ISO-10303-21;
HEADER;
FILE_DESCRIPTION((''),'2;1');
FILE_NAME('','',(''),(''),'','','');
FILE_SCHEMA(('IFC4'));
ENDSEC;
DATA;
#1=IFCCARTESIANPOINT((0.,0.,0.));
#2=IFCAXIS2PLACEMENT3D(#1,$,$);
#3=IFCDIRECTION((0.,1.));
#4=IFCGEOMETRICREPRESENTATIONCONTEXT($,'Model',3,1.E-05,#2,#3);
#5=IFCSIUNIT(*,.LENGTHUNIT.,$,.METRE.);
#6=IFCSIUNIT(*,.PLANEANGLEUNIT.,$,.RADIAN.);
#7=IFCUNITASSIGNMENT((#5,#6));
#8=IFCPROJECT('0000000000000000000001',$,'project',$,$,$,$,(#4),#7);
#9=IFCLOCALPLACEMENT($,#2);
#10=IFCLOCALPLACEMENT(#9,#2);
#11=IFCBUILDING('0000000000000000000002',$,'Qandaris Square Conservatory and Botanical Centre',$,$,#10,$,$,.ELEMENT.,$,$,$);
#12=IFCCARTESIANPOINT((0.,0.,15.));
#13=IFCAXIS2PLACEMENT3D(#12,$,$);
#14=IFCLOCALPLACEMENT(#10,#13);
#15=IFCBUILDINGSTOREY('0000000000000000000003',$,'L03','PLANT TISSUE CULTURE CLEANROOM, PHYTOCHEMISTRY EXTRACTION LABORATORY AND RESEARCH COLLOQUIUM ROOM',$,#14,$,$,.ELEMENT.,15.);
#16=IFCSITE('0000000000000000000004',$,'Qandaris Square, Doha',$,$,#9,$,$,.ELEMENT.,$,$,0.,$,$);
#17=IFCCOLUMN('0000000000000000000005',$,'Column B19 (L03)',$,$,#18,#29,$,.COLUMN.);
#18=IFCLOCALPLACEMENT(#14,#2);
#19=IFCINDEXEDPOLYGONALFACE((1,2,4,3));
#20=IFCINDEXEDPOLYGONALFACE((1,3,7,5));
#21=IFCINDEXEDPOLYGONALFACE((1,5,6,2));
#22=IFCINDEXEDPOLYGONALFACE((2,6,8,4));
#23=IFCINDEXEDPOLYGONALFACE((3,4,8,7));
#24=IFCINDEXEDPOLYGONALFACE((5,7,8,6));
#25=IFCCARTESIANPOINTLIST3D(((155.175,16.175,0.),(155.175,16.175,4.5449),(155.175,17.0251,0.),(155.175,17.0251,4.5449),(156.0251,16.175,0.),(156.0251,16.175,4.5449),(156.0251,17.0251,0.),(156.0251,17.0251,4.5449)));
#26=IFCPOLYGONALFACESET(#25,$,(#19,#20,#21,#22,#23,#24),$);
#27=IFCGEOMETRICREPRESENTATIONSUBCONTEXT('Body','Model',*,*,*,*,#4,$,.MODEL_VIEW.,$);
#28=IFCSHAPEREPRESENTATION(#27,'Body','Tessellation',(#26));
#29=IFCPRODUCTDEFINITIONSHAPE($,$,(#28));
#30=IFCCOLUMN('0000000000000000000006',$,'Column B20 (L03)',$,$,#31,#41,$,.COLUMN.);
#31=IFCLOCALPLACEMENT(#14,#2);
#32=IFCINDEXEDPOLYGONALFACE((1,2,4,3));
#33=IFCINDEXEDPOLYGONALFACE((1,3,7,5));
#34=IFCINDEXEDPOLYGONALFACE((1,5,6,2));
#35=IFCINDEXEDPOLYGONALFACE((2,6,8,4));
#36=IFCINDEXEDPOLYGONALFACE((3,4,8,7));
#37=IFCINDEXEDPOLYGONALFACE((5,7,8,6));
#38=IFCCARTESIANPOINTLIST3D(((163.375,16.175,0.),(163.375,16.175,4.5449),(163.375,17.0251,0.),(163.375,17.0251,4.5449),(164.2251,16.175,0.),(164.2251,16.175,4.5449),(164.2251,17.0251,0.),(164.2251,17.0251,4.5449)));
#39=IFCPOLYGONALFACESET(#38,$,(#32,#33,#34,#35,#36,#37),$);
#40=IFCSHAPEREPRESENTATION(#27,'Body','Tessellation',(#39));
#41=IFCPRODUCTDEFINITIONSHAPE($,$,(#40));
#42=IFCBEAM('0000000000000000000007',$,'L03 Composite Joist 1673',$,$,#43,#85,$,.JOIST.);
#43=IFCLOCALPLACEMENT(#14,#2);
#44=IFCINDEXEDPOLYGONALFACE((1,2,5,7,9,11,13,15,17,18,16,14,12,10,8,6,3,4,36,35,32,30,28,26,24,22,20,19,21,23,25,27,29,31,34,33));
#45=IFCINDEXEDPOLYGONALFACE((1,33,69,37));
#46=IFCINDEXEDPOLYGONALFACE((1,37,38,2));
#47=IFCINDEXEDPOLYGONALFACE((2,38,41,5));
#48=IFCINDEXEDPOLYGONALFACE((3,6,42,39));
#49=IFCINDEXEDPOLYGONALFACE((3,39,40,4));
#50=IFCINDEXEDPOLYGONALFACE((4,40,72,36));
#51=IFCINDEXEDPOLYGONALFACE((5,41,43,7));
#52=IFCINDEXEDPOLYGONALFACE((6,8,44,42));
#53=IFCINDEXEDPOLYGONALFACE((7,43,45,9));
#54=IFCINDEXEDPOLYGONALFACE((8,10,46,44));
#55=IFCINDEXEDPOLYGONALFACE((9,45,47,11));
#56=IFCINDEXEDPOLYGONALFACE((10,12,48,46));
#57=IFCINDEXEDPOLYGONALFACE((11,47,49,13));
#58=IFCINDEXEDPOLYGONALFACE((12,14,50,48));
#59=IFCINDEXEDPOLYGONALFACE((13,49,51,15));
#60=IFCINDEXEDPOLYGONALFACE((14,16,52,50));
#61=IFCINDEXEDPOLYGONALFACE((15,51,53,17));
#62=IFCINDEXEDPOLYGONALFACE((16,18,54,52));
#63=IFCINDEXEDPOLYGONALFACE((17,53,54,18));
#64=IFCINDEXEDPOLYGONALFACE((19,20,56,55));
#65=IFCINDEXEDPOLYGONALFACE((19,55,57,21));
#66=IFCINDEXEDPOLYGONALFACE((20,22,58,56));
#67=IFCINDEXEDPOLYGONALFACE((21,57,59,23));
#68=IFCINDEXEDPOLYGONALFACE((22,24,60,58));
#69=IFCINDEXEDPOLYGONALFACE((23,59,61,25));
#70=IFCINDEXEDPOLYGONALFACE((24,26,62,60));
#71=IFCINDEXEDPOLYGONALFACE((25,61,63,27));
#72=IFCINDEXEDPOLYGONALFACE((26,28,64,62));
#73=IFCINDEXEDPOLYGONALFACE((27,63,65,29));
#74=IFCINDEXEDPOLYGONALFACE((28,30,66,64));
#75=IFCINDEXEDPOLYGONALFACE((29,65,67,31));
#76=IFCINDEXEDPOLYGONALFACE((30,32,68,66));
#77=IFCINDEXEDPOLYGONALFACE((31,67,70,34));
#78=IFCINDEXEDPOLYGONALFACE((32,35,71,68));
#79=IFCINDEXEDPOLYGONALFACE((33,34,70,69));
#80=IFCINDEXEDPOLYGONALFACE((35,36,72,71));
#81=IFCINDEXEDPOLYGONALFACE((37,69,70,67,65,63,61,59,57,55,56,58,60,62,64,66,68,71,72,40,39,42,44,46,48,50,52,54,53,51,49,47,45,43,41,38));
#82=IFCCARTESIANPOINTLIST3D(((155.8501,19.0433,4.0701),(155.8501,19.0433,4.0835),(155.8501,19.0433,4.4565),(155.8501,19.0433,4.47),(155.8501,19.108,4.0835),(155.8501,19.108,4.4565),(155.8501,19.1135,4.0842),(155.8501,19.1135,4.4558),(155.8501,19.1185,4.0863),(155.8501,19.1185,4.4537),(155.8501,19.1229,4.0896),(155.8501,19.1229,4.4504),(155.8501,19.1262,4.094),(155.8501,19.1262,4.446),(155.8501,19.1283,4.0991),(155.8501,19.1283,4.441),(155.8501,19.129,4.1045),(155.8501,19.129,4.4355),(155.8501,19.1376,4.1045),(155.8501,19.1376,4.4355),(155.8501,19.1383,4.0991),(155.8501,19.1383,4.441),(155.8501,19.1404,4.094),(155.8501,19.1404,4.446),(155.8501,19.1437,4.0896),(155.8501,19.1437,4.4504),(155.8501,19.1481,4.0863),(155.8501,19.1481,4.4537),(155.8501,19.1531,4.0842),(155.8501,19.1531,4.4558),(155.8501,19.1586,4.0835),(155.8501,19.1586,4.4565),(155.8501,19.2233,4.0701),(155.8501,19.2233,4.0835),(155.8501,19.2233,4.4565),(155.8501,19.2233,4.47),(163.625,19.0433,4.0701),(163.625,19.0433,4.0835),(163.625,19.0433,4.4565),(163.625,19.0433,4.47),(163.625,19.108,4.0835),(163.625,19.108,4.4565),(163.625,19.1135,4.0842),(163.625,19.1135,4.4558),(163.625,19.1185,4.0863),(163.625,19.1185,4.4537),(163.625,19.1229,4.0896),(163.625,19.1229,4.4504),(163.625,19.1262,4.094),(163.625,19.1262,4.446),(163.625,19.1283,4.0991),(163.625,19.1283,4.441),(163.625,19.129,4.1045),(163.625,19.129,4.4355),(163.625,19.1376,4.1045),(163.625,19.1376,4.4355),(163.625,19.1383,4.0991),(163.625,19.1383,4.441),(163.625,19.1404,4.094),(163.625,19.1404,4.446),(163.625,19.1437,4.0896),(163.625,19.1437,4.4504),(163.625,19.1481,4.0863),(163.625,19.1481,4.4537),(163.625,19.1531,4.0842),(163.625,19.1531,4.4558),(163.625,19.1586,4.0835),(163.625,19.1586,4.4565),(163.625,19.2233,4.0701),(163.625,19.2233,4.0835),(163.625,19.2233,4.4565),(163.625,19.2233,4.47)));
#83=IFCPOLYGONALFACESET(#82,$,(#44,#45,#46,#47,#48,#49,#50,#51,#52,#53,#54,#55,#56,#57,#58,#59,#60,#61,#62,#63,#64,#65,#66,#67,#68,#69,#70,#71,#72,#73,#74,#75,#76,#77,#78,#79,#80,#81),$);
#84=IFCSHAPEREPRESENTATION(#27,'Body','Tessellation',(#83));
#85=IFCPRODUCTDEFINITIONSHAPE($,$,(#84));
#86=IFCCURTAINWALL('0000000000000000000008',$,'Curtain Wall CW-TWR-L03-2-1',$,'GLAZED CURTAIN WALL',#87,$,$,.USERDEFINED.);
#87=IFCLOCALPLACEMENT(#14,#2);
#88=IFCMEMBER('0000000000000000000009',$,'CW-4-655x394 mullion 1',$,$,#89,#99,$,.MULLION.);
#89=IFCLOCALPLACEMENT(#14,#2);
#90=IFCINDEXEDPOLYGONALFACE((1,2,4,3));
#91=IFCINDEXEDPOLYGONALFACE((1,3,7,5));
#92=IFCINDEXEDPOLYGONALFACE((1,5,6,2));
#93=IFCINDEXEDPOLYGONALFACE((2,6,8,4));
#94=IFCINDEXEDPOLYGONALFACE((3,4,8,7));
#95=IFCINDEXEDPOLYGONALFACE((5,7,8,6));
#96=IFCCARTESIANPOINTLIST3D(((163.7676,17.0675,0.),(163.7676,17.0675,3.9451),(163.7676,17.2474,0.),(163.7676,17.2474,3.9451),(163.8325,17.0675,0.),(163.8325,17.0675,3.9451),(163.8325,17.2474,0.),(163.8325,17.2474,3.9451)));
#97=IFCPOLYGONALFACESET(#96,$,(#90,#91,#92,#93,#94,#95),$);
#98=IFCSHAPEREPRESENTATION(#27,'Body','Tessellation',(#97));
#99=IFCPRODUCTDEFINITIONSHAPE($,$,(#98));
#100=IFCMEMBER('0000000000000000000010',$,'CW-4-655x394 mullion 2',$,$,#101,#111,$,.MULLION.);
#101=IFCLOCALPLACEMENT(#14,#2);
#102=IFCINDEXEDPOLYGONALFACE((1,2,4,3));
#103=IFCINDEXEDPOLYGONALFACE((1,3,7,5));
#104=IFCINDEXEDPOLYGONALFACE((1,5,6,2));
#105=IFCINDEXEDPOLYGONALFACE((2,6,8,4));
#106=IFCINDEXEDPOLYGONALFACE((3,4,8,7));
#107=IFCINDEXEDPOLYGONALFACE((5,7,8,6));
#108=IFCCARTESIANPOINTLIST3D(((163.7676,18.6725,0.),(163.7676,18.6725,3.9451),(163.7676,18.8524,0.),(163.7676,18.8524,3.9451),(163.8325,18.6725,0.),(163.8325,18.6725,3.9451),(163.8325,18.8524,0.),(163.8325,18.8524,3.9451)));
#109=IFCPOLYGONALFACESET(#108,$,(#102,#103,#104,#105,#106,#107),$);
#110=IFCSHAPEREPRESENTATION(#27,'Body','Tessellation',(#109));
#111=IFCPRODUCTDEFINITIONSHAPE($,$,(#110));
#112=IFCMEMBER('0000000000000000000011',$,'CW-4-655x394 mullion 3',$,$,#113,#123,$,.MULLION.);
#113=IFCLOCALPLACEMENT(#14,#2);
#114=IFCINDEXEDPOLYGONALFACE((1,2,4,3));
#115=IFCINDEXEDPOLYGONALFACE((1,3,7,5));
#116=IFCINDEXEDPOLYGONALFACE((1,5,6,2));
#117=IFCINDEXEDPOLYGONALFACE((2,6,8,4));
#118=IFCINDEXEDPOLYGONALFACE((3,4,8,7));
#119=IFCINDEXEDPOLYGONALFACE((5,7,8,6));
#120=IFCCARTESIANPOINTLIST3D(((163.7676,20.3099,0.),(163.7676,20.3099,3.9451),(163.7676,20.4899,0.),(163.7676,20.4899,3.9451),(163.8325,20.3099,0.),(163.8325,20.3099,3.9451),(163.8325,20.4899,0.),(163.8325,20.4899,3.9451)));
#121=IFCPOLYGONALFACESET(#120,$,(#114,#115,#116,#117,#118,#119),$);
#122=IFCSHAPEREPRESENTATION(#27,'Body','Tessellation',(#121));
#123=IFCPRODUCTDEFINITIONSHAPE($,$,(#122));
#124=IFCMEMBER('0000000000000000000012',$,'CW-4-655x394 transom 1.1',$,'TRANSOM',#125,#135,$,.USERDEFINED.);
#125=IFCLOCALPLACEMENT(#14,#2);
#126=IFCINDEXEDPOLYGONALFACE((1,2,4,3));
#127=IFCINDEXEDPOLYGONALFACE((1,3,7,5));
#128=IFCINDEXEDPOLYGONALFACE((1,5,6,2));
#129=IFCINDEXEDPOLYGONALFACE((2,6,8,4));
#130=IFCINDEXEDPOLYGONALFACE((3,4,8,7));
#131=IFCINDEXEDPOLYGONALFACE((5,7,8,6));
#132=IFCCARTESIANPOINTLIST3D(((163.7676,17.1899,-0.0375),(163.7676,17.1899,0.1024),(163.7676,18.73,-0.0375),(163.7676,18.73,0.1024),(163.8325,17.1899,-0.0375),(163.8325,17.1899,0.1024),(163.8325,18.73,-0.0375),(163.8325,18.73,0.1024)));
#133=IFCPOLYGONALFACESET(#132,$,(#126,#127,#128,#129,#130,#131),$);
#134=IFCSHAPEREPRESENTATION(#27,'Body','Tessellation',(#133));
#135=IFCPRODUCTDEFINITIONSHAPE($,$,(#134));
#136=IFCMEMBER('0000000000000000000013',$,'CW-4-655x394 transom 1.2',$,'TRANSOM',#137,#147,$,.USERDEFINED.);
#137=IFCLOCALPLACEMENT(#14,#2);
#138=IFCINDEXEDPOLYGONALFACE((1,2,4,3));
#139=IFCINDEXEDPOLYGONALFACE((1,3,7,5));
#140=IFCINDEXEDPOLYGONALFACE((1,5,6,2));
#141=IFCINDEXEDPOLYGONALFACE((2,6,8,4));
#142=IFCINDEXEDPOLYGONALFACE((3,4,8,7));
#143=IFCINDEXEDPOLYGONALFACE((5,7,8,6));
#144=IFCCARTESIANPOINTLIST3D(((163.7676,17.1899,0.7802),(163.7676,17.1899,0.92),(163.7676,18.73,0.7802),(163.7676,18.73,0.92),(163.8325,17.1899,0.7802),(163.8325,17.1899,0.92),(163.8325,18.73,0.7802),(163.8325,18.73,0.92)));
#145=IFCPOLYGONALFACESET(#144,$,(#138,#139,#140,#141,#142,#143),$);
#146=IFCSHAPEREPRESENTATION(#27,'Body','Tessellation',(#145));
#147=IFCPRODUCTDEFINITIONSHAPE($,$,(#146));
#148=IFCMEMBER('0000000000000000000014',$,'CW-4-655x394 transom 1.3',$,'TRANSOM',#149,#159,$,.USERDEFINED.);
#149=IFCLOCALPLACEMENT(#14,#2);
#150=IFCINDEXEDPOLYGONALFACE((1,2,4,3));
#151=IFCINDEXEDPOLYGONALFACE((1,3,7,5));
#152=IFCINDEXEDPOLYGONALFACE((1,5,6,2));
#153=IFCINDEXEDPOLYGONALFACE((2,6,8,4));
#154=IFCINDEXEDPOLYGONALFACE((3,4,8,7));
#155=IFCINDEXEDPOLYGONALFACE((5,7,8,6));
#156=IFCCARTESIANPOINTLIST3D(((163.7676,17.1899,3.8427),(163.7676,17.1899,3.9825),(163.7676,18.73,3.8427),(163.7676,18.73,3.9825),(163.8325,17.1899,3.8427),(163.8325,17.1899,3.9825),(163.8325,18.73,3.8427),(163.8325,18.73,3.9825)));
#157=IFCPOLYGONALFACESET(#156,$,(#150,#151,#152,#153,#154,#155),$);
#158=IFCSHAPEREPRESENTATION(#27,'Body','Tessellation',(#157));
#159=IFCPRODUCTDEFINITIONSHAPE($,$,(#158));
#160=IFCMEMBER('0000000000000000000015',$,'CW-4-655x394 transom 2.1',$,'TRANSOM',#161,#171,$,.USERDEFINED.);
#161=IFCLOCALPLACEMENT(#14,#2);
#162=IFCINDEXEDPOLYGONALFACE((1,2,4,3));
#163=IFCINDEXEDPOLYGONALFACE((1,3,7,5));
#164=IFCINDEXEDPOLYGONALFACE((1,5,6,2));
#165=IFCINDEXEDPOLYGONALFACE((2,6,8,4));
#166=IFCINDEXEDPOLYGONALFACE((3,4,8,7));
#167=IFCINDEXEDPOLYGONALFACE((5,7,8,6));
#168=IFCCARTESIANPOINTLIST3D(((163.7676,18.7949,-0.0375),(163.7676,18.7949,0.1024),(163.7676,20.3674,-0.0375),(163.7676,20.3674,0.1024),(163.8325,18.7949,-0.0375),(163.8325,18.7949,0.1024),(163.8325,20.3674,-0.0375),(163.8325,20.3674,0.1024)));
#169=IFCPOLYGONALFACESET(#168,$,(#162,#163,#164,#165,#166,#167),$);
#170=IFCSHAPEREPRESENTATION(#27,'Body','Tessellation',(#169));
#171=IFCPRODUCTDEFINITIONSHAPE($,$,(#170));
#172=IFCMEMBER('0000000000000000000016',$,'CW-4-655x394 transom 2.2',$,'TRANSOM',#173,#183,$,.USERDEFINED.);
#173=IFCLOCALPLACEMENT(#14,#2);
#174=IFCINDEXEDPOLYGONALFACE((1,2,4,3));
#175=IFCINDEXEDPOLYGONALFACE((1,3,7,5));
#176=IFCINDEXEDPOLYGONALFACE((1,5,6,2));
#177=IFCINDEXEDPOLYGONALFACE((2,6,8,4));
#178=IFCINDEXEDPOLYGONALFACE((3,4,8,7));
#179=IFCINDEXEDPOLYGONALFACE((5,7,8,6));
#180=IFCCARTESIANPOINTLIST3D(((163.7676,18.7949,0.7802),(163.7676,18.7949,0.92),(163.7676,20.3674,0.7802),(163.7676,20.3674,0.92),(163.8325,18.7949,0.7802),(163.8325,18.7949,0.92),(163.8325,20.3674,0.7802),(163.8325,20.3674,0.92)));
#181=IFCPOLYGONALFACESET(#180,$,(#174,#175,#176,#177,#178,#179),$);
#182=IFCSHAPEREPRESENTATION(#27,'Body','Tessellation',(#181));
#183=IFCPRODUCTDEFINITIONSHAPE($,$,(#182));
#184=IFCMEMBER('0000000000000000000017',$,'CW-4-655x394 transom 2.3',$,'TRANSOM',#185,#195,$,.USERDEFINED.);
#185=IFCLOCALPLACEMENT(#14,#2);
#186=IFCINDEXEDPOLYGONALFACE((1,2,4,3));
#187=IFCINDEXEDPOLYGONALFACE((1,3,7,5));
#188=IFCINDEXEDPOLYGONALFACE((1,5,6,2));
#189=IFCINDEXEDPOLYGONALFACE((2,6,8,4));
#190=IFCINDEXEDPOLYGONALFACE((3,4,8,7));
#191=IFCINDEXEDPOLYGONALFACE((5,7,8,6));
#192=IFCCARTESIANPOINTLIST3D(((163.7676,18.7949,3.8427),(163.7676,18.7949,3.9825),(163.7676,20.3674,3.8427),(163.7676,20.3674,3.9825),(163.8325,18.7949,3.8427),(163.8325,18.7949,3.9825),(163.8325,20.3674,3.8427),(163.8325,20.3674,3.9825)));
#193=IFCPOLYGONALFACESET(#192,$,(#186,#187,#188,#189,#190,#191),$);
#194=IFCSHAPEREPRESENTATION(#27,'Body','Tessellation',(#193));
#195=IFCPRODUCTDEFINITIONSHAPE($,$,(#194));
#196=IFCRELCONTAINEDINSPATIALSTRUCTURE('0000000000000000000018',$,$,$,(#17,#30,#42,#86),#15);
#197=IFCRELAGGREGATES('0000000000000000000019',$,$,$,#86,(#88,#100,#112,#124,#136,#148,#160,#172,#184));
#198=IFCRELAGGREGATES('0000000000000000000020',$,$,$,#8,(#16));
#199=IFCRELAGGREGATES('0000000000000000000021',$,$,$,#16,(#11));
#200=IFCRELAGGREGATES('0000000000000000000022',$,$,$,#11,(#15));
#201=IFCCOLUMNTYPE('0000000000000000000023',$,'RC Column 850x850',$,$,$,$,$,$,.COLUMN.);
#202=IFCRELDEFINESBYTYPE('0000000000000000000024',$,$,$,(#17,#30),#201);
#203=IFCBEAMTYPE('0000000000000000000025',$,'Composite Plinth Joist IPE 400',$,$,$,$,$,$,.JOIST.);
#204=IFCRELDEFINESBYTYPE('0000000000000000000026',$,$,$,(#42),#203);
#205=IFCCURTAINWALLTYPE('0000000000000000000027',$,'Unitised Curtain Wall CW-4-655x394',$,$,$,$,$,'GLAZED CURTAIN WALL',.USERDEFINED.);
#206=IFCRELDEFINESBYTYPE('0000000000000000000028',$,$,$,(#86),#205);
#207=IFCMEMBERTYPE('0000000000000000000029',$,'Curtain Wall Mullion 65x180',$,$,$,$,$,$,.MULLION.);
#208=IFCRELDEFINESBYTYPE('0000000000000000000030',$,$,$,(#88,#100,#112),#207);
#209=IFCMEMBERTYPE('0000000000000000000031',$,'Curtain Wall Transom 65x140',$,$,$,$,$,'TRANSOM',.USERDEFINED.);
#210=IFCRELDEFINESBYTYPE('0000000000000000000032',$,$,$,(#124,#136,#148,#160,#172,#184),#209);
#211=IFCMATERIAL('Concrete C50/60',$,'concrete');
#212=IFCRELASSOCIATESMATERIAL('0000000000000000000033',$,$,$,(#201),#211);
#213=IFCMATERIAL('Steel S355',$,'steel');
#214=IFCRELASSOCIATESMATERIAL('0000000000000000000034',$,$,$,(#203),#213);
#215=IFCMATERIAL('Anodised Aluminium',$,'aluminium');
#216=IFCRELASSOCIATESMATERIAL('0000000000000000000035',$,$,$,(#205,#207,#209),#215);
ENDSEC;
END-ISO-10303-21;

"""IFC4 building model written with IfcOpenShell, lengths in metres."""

from ifc_helpers import new_model, si_unit, direction, frame, origin, origin_2d, place, context, subcontext, project, spatial, rectangle, i_section, extrude, material, material_profile, profile_set, type_object, element, aggregate, save


model = new_model("IFC4")

# Units and contexts
model_context = context("Model", 3, precision=1e-05, world=origin(), true_north=direction((0.0, 1.0)))
body_context = subcontext(model_context, "Body", "Model", "MODEL_VIEW")
ifc_project = project(units=[si_unit("LENGTHUNIT", "METRE"), si_unit("PLANEANGLEUNIT", "RADIAN")], contexts=[model_context])

# Site, building, storey
site_placement = place(None, origin())
site = spatial("IfcSite", under=ifc_project, at=site_placement, Name="Qandaris Square, Doha", CompositionType="ELEMENT", RefElevation=0.0)
building_placement = place(site_placement, origin())
building = spatial("IfcBuilding", under=site, at=building_placement, Name="Qandaris Square Conservatory and Botanical Centre", CompositionType="ELEMENT")
storey_placement = place(building_placement, frame((0.0, 0.0, 15.0)))
storey = spatial("IfcBuildingStorey", under=building, at=storey_placement, Name="L03", Description="PLANT TISSUE CULTURE CLEANROOM, PHYTOCHEMISTRY EXTRACTION LABORATORY AND RESEARCH COLLOQUIUM ROOM", CompositionType="ELEMENT", Elevation=15.0)

# Columns
ifc_material_1 = material(Name="Concrete C50/60", Category="concrete")
ifc_material_profile_1 = material_profile(ifc_material_1, rectangle(XDim=0.8501, YDim=0.8501, at=origin_2d()), Name="RC-COL 850x850")
ifc_profile_set_1 = profile_set([ifc_material_profile_1], Name="Concrete C50/60")
column_type = type_object("IfcColumnType", Name="RC Column 850x850", PredefinedType="COLUMN", material=ifc_profile_set_1)
for number, where, z_axis, x_axis, name in (
    (1, (155.6001, 16.6001, 0.0), (0.0, 0.0, 1.0), (1.0, 0.0, 0.0), "Column B19 (L03)"),
    (2, (163.8, 16.6001, 0.0), (0.0, 0.0, 1.0), (1.0, 0.0, 0.0), "Column B20 (L03)"),
):
    element("IfcColumn", number, at=place(storey_placement, frame(where, z_axis=z_axis, x_axis=x_axis)), inside=storey, type_object=column_type, Name=name, PredefinedType="COLUMN", context=body_context, shape_type="SweptSolid", body=[
        extrude(rectangle(XDim=0.8501, YDim=0.8501, at=origin_2d()), origin(), (0.0, 0.0, 1.0), 4.5449),
    ])

# Beam
ifc_material_2 = material(Name="Steel S355", Category="steel")
ifc_material_profile_2 = material_profile(ifc_material_2, i_section(OverallWidth=0.1799, OverallDepth=0.3999, WebThickness=0.0085, FlangeThickness=0.0134, FilletRadius=0.021, at=origin_2d()), Name="IPE 400")
ifc_profile_set_2 = profile_set([ifc_material_profile_2], Name="Steel S355")
beam_type_1 = type_object("IfcBeamType", Name="Composite Plinth Joist IPE 400", PredefinedType="JOIST", material=ifc_profile_set_2)
beam_1_placement = place(storey_placement, frame((155.8501, 19.1333, 4.27), z_axis=(1.0, 0.0, 0.0), x_axis=(0.0, 1.0, 0.0)))
element("IfcBeam", 3, at=beam_1_placement, inside=storey, type_object=beam_type_1, Name="L03 Composite Joist 1673", PredefinedType="JOIST", context=body_context, shape_type="SweptSolid", body=[
    extrude(i_section(OverallWidth=0.1799, OverallDepth=0.3999, WebThickness=0.0085, FlangeThickness=0.0134, FilletRadius=0.021, at=origin_2d()), origin(), (0.0, 0.0, 1.0), 7.7749),
])

# Curtain wall, members
ifc_material_3 = material(Name="Anodised Aluminium", Category="aluminium")
curtain_wall_type = type_object("IfcCurtainWallType", Name="Unitised Curtain Wall CW-4-655x394", ElementType="GLAZED CURTAIN WALL", PredefinedType="USERDEFINED", material=ifc_material_3)
curtain_wall_placement = place(storey_placement, origin())
curtain_wall = element("IfcCurtainWall", 4, at=curtain_wall_placement, inside=storey, type_object=curtain_wall_type, Name="Curtain Wall CW-TWR-L03-2-1", ObjectType="GLAZED CURTAIN WALL", PredefinedType="USERDEFINED")
ifc_material_profile_3 = material_profile(ifc_material_3, rectangle(XDim=0.0649, YDim=0.1799, at=origin_2d()), Name="ALU-MUL 65x180")
ifc_profile_set_3 = profile_set([ifc_material_profile_3], Name="Anodised Aluminium")
member_type_1 = type_object("IfcMemberType", Name="Curtain Wall Mullion 65x180", PredefinedType="MULLION", material=ifc_profile_set_3)
member_1_placement = place(storey_placement, frame((163.8, 17.1575, 0.0), z_axis=(0.0, 0.0, 1.0), x_axis=(-1.0, 0.0, 0.0)))
member_1 = element("IfcMember", 5, at=member_1_placement, type_object=member_type_1, Name="CW-4-655x394 mullion 1", PredefinedType="MULLION", context=body_context, shape_type="SweptSolid", body=[
    extrude(rectangle(XDim=0.0649, YDim=0.1799, at=origin_2d()), origin(), (0.0, 0.0, 1.0), 3.9451),
])
member_2_placement = place(storey_placement, frame((163.8, 18.7625, 0.0), z_axis=(0.0, 0.0, 1.0), x_axis=(-1.0, 0.0, 0.0)))
member_2 = element("IfcMember", 6, at=member_2_placement, type_object=member_type_1, Name="CW-4-655x394 mullion 2", PredefinedType="MULLION", context=body_context, shape_type="SweptSolid", body=[
    extrude(rectangle(XDim=0.0649, YDim=0.1799, at=origin_2d()), origin(), (0.0, 0.0, 1.0), 3.9451),
])
member_3_placement = place(storey_placement, frame((163.8, 20.3999, 0.0), z_axis=(0.0, 0.0, 1.0), x_axis=(-1.0, 0.0, 0.0)))
member_3 = element("IfcMember", 7, at=member_3_placement, type_object=member_type_1, Name="CW-4-655x394 mullion 3", PredefinedType="MULLION", context=body_context, shape_type="SweptSolid", body=[
    extrude(rectangle(XDim=0.0649, YDim=0.1799, at=origin_2d()), origin(), (0.0, 0.0, 1.0), 3.9451),
])
ifc_material_profile_4 = material_profile(ifc_material_3, rectangle(XDim=0.0649, YDim=0.1399, at=origin_2d()), Name="ALU-TRN 65x140")
ifc_profile_set_4 = profile_set([ifc_material_profile_4], Name="Anodised Aluminium")
member_type_2 = type_object("IfcMemberType", Name="Curtain Wall Transom 65x140", ElementType="TRANSOM", PredefinedType="USERDEFINED", material=ifc_profile_set_4)
member_4_placement = place(storey_placement, frame((163.8, 17.1899, 0.0325), z_axis=(0.0, 1.0, 0.0), x_axis=(-1.0, 0.0, 0.0)))
member_4 = element("IfcMember", 8, at=member_4_placement, type_object=member_type_2, Name="CW-4-655x394 transom 1.1", ObjectType="TRANSOM", PredefinedType="USERDEFINED", context=body_context, shape_type="SweptSolid", body=[
    extrude(rectangle(XDim=0.0649, YDim=0.1399, at=origin_2d()), origin(), (0.0, 0.0, 1.0), 1.54),
])
member_5_placement = place(storey_placement, frame((163.8, 17.1899, 0.8501), z_axis=(0.0, 1.0, 0.0), x_axis=(-1.0, 0.0, 0.0)))
member_5 = element("IfcMember", 9, at=member_5_placement, type_object=member_type_2, Name="CW-4-655x394 transom 1.2", ObjectType="TRANSOM", PredefinedType="USERDEFINED", context=body_context, shape_type="SweptSolid", body=[
    extrude(rectangle(XDim=0.0649, YDim=0.1399, at=origin_2d()), origin(), (0.0, 0.0, 1.0), 1.54),
])
member_6_placement = place(storey_placement, frame((163.8, 17.1899, 3.9126), z_axis=(0.0, 1.0, 0.0), x_axis=(-1.0, 0.0, 0.0)))
member_6 = element("IfcMember", 10, at=member_6_placement, type_object=member_type_2, Name="CW-4-655x394 transom 1.3", ObjectType="TRANSOM", PredefinedType="USERDEFINED", context=body_context, shape_type="SweptSolid", body=[
    extrude(rectangle(XDim=0.0649, YDim=0.1399, at=origin_2d()), origin(), (0.0, 0.0, 1.0), 1.54),
])
member_7_placement = place(storey_placement, frame((163.8, 18.7949, 0.0325), z_axis=(0.0, 1.0, 0.0), x_axis=(-1.0, 0.0, 0.0)))
member_7 = element("IfcMember", 11, at=member_7_placement, type_object=member_type_2, Name="CW-4-655x394 transom 2.1", ObjectType="TRANSOM", PredefinedType="USERDEFINED", context=body_context, shape_type="SweptSolid", body=[
    extrude(rectangle(XDim=0.0649, YDim=0.1399, at=origin_2d()), origin(), (0.0, 0.0, 1.0), 1.5725),
])
member_8_placement = place(storey_placement, frame((163.8, 18.7949, 0.8501), z_axis=(0.0, 1.0, 0.0), x_axis=(-1.0, 0.0, 0.0)))
member_8 = element("IfcMember", 12, at=member_8_placement, type_object=member_type_2, Name="CW-4-655x394 transom 2.2", ObjectType="TRANSOM", PredefinedType="USERDEFINED", context=body_context, shape_type="SweptSolid", body=[
    extrude(rectangle(XDim=0.0649, YDim=0.1399, at=origin_2d()), origin(), (0.0, 0.0, 1.0), 1.5725),
])
member_9_placement = place(storey_placement, frame((163.8, 18.7949, 3.9126), z_axis=(0.0, 1.0, 0.0), x_axis=(-1.0, 0.0, 0.0)))
member_9 = element("IfcMember", 13, at=member_9_placement, type_object=member_type_2, Name="CW-4-655x394 transom 2.3", ObjectType="TRANSOM", PredefinedType="USERDEFINED", context=body_context, shape_type="SweptSolid", body=[
    extrude(rectangle(XDim=0.0649, YDim=0.1399, at=origin_2d()), origin(), (0.0, 0.0, 1.0), 1.5725),
])

aggregate(curtain_wall, [member_1, member_2, member_3, member_4, member_5, member_6, member_7, member_8, member_9])

save(model, "model.ifc")
